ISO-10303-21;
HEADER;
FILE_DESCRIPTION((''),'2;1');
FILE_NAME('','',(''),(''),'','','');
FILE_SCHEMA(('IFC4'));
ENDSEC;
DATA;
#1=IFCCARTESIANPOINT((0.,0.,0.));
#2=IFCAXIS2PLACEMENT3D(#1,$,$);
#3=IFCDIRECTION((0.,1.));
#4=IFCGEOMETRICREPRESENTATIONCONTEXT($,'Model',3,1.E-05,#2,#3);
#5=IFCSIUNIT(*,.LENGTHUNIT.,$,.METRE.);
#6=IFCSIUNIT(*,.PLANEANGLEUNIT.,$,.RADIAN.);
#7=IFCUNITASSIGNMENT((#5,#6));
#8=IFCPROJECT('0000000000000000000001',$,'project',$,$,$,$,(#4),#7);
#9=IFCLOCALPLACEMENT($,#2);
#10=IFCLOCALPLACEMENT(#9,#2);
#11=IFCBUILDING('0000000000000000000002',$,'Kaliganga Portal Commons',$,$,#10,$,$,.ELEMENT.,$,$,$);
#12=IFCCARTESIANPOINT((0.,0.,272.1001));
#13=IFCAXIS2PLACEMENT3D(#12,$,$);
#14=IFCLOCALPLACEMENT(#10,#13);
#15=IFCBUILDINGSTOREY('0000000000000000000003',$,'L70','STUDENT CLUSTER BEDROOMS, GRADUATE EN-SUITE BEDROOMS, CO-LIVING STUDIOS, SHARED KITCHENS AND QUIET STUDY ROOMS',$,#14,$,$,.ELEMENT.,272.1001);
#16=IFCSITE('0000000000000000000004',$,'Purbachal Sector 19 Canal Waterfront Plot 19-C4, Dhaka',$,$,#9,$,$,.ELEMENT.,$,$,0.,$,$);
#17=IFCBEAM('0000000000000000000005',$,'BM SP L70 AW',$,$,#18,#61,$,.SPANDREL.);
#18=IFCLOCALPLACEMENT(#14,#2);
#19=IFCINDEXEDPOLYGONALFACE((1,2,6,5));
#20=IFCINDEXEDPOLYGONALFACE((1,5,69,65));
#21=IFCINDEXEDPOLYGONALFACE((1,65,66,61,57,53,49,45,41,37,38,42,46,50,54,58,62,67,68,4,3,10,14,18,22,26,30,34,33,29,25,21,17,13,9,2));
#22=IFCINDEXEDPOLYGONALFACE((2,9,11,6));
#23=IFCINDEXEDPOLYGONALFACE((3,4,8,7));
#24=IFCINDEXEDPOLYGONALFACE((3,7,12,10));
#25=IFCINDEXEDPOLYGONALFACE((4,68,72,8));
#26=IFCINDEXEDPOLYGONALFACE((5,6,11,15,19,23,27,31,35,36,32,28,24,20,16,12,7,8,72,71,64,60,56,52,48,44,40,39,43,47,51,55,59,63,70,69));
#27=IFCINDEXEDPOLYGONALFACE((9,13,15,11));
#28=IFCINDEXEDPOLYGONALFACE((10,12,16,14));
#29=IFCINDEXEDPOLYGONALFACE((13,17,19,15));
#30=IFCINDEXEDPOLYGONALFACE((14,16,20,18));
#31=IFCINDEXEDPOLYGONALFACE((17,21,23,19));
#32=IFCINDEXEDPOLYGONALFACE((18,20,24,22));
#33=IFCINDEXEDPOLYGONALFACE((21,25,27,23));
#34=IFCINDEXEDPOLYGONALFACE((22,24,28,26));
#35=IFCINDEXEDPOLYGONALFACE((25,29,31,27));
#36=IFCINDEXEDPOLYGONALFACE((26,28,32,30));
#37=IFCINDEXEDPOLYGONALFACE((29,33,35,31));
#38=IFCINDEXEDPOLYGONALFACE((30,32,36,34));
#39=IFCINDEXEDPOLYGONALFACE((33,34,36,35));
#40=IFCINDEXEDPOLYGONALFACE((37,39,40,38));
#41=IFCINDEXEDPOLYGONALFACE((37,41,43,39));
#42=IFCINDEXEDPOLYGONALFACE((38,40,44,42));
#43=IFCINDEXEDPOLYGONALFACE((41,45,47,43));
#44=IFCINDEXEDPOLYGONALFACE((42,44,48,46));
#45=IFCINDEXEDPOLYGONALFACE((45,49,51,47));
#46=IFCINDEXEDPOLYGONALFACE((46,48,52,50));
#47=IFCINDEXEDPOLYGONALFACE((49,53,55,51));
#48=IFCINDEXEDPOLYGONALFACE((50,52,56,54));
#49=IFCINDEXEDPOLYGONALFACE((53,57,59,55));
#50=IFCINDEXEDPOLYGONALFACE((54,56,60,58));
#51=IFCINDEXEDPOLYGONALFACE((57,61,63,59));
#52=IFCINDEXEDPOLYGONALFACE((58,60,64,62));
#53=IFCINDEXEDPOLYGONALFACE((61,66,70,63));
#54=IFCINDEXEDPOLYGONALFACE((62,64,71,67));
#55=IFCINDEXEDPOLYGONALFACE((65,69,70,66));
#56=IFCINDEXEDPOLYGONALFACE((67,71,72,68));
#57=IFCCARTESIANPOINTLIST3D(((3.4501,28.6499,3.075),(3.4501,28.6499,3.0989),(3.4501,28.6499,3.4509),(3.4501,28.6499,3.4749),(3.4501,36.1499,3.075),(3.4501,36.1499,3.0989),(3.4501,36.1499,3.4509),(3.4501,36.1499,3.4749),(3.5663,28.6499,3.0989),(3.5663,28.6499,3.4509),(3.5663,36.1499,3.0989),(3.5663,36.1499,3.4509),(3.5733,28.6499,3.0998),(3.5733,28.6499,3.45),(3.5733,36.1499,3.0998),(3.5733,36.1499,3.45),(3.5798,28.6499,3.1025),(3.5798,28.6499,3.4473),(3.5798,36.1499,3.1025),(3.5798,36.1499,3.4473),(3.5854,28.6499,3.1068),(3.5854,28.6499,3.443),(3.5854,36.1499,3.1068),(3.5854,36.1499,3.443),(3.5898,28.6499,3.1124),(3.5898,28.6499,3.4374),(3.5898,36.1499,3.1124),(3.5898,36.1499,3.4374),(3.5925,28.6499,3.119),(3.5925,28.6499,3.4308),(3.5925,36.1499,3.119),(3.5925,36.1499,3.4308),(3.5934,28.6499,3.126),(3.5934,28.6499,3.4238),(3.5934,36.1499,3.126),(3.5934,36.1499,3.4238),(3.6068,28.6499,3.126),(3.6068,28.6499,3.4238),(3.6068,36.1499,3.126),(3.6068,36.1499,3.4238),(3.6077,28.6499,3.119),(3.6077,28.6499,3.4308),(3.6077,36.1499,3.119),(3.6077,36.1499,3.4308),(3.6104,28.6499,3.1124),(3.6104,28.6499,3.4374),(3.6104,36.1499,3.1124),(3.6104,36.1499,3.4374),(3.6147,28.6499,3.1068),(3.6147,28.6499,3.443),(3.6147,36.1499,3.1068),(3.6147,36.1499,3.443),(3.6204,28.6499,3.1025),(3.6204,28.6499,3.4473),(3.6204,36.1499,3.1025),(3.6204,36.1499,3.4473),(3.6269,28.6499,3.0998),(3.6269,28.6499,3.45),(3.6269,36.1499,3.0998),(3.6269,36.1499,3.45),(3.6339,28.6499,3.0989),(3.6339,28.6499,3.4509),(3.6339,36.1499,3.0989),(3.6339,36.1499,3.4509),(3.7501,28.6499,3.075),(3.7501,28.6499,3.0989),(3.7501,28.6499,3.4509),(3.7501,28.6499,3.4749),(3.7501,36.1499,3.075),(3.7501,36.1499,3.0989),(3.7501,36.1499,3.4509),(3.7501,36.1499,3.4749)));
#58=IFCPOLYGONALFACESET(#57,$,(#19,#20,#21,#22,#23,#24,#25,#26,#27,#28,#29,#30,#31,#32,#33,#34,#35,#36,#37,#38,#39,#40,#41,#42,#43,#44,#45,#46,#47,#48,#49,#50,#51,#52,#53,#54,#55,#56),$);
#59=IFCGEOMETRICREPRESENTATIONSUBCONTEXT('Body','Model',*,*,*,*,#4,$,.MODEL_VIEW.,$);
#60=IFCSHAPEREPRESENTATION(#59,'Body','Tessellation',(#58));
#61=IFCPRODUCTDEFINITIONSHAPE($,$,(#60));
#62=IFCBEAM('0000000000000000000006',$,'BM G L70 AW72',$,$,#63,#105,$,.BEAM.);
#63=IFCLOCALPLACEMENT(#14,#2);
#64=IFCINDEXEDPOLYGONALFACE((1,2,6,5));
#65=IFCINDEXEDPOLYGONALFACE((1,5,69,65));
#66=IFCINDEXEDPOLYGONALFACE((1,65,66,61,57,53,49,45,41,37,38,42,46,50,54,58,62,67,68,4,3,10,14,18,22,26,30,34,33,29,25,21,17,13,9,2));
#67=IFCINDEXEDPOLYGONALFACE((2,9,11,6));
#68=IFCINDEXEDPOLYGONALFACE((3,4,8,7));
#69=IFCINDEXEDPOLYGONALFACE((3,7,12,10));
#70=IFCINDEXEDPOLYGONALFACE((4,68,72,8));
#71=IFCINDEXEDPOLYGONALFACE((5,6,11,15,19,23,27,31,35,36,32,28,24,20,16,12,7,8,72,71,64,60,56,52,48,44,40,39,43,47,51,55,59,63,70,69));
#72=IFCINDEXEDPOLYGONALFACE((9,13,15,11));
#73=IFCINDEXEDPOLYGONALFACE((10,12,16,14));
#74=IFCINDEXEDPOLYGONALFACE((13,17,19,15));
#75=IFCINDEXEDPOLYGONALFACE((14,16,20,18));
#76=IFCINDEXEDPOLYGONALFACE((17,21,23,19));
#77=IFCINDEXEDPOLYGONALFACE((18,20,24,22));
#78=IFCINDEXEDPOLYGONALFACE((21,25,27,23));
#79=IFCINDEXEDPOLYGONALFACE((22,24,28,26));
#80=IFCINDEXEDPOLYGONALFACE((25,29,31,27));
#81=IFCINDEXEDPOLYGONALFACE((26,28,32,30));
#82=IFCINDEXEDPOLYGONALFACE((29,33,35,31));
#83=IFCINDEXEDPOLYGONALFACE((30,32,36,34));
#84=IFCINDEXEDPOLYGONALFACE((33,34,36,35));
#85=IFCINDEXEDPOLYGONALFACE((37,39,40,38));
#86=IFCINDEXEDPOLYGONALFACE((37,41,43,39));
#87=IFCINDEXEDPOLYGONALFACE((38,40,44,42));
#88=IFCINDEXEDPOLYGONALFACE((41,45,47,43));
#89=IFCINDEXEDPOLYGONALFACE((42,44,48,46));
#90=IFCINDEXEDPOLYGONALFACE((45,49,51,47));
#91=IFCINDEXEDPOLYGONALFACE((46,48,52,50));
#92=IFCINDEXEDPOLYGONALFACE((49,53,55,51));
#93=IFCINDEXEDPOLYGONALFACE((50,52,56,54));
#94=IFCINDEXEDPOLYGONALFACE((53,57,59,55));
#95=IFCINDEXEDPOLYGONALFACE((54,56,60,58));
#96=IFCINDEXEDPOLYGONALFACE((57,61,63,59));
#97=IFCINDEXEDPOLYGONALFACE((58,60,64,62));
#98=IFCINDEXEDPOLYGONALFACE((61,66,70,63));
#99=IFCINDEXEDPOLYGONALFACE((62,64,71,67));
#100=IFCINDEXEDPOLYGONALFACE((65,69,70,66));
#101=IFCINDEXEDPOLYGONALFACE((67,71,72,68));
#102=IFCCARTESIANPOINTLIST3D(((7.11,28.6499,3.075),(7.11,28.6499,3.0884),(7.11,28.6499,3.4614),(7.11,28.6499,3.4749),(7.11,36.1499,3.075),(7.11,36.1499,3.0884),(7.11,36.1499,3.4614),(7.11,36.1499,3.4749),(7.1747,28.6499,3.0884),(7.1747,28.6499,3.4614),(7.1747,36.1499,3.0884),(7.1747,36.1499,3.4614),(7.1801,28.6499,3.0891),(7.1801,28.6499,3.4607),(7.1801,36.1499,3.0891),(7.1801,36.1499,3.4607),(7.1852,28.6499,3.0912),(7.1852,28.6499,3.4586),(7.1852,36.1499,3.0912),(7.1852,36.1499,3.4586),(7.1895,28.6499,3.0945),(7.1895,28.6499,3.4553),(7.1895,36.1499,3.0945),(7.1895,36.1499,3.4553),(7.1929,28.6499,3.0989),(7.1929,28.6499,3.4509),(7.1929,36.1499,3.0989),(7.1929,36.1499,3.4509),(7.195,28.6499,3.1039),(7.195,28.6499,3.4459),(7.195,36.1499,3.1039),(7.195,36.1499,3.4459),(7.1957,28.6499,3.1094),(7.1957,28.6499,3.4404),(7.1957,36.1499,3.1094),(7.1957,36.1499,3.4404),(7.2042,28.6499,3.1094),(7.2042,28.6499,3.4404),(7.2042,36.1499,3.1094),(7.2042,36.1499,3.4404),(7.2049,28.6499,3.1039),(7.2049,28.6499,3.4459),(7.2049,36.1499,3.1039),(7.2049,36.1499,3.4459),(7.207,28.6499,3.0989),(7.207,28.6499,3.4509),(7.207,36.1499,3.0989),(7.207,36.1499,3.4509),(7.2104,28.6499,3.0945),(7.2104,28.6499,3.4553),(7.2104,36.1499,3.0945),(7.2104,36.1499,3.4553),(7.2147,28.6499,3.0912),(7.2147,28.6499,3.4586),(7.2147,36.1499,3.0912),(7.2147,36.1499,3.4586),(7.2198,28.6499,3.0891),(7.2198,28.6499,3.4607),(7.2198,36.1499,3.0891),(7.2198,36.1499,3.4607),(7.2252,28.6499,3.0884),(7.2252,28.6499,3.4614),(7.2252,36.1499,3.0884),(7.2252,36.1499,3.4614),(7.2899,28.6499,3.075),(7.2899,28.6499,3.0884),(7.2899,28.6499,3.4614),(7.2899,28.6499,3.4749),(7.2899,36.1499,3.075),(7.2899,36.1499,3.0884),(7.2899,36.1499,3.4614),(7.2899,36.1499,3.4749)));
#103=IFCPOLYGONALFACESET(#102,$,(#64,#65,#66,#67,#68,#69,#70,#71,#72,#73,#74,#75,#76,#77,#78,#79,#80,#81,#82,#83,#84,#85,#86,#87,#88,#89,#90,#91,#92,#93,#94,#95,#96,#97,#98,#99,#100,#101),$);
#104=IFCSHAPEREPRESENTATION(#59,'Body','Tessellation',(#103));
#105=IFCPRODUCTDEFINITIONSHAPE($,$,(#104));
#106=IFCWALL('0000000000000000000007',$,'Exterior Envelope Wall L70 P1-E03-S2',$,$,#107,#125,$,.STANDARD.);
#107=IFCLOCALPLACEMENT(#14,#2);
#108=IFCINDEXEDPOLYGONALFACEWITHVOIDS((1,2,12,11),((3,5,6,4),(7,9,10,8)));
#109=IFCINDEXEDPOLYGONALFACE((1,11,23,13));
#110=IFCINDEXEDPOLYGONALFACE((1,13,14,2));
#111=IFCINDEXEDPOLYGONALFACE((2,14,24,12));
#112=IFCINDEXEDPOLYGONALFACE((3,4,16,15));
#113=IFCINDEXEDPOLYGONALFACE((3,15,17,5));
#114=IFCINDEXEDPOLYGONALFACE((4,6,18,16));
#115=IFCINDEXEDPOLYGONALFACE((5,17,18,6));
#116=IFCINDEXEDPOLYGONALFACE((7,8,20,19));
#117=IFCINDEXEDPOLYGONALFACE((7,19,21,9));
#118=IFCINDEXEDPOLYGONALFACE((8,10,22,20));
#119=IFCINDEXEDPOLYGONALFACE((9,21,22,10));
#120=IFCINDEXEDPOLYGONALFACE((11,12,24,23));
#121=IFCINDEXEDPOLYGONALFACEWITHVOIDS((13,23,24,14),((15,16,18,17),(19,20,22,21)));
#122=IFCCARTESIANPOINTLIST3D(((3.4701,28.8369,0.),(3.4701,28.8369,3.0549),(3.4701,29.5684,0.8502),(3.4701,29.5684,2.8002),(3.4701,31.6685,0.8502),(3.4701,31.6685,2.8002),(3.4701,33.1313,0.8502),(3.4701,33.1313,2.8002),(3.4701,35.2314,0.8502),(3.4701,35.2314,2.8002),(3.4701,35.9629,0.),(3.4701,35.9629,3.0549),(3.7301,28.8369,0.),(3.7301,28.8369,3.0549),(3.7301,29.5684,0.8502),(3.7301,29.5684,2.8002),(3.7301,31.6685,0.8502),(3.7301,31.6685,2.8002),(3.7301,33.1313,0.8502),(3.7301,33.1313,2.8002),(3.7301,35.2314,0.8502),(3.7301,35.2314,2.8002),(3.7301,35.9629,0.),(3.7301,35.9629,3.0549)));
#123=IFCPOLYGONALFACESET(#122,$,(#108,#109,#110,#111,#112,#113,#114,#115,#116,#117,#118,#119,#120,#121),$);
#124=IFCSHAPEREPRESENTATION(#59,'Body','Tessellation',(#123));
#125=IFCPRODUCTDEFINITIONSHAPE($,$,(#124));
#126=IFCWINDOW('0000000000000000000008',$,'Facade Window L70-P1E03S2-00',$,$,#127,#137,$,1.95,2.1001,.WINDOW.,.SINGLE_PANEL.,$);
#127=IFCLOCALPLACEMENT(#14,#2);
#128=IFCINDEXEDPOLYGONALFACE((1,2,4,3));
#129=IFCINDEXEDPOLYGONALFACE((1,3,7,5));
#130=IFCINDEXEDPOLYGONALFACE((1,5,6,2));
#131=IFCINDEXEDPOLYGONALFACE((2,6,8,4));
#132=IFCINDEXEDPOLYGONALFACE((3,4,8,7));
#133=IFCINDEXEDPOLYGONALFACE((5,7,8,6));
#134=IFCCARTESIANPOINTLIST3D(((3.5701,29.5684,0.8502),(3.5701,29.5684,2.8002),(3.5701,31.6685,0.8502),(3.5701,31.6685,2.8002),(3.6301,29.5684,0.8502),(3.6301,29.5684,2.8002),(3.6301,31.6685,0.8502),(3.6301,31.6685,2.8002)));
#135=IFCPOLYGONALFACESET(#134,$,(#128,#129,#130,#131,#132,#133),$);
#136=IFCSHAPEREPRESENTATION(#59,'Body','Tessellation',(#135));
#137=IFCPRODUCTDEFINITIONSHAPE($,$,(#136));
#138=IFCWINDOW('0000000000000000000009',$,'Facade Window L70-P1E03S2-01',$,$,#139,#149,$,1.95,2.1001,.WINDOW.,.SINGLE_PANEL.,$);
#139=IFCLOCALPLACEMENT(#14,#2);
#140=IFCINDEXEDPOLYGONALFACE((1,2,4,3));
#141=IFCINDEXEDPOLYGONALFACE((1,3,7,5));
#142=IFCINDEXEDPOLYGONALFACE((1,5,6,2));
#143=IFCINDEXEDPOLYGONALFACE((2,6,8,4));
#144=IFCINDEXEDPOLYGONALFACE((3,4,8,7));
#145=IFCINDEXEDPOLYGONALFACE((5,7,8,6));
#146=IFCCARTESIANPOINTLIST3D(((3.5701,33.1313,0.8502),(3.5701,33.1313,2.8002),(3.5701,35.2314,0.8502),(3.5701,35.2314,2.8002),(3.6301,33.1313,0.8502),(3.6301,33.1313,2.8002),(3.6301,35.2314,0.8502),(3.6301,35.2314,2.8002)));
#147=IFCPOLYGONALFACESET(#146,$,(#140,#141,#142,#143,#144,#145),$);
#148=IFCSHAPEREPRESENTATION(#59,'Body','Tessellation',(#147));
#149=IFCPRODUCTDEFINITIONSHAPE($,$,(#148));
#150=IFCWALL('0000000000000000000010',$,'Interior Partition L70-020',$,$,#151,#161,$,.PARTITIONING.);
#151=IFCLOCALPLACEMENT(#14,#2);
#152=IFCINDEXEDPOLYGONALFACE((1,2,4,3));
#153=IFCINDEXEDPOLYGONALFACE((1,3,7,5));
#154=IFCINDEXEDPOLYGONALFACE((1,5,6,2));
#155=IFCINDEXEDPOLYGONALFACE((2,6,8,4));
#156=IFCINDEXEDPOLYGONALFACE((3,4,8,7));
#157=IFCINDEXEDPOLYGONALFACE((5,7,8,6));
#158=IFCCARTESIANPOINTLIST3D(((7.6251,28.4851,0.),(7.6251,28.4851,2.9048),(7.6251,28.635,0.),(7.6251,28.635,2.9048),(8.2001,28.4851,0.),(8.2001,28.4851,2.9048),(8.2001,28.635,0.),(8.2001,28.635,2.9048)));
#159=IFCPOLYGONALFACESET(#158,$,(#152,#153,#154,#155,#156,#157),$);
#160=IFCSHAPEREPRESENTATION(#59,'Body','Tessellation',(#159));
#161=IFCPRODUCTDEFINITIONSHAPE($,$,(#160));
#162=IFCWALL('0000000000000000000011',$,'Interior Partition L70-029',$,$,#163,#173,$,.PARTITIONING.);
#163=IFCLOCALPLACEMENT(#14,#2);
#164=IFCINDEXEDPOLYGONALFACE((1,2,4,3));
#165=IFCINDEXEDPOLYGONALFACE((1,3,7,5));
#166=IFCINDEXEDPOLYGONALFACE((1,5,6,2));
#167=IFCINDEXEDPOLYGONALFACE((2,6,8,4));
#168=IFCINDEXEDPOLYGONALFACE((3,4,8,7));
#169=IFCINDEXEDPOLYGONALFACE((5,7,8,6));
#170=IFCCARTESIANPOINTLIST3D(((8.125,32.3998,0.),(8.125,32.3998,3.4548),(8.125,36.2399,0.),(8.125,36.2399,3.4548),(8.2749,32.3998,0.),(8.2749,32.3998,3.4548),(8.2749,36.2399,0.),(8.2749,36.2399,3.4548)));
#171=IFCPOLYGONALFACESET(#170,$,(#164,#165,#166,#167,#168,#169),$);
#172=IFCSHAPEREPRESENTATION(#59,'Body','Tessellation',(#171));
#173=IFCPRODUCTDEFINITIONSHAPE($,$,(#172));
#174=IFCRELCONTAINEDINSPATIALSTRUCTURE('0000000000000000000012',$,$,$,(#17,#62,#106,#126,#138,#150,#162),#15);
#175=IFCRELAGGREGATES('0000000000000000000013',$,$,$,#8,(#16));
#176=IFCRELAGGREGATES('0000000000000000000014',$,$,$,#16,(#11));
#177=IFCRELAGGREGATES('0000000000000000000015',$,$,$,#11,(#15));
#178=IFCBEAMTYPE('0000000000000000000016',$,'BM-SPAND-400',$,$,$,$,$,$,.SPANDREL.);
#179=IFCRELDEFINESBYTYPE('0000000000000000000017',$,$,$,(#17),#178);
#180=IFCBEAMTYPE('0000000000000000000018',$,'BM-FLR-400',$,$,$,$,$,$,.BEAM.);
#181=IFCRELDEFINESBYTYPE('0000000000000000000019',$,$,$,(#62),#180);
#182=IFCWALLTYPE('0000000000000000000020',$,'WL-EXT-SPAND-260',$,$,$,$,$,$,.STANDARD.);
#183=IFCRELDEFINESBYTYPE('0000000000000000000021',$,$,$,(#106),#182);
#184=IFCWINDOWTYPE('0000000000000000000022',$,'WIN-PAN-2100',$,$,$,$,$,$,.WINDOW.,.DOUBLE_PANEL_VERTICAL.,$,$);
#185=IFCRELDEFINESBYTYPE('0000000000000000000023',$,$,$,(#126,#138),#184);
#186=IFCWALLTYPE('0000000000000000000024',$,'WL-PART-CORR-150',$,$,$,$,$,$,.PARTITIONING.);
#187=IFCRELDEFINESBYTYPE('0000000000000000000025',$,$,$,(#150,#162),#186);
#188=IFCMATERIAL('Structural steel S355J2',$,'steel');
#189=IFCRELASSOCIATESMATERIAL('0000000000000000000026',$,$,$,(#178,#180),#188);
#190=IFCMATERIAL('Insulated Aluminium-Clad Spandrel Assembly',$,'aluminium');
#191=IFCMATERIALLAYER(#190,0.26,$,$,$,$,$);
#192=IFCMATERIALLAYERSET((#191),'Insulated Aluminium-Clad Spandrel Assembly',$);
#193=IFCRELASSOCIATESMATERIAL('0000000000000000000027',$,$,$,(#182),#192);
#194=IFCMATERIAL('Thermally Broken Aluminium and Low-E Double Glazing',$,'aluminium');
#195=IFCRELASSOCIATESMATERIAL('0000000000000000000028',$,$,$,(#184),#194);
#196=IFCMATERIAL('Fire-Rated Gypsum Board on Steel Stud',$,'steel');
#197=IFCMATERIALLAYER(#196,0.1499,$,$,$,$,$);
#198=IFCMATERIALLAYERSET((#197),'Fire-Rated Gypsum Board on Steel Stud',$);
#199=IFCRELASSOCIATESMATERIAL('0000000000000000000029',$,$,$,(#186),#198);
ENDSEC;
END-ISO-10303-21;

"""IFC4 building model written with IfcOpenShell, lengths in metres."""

from ifc_helpers import new_model, si_unit, direction, frame, frame_2d, origin, origin_2d, place, context, subcontext, project, spatial, rectangle, i_section, extrude, source, transform, mapped, material, layer, layer_set, material_profile, profile_set, type_object, element, fill, save


model = new_model("IFC4")

# Units and contexts
model_context = context("Model", 3, precision=1e-05, world=origin(), true_north=direction((0.0, 1.0)))
body_context = subcontext(model_context, "Body", "Model", "MODEL_VIEW")
ifc_project = project(units=[si_unit("LENGTHUNIT", "METRE"), si_unit("PLANEANGLEUNIT", "RADIAN")], contexts=[model_context])

# Site, building, storey
site_placement = place(None, origin())
site = spatial("IfcSite", under=ifc_project, at=site_placement, Name="Purbachal Sector 19 Canal Waterfront Plot 19-C4, Dhaka", CompositionType="ELEMENT", RefElevation=0.0)
building_placement = place(site_placement, origin())
building = spatial("IfcBuilding", under=site, at=building_placement, Name="Kaliganga Portal Commons", CompositionType="ELEMENT")
storey_placement = place(building_placement, frame((0.0, 0.0, 272.1001)))
storey = spatial("IfcBuildingStorey", under=building, at=storey_placement, Name="L70", Description="STUDENT CLUSTER BEDROOMS, GRADUATE EN-SUITE BEDROOMS, CO-LIVING STUDIOS, SHARED KITCHENS AND QUIET STUDY ROOMS", CompositionType="ELEMENT", Elevation=272.1001)

# Shared definitions
ifc_material_1 = material(Name="Structural steel S355J2", Category="steel")

# Beams
ifc_material_profile_1 = material_profile(ifc_material_1, i_section(OverallWidth=0.3, OverallDepth=0.3999, WebThickness=0.0134, FlangeThickness=0.0239, FilletRadius=0.0271, at=origin_2d()), Name="HE 400 B")
ifc_profile_set_1 = profile_set([ifc_material_profile_1], Name="Structural steel S355J2 wide-flange")
beam_type_1 = type_object("IfcBeamType", Name="BM-SPAND-400", PredefinedType="SPANDREL", material=ifc_profile_set_1)
shared_shape_1 = source(origin(), body_context, "Body", "SweptSolid", [
    extrude(i_section(OverallWidth=0.3, OverallDepth=0.3999, WebThickness=0.0134, FlangeThickness=0.0239, FilletRadius=0.0271, at=origin_2d()), origin(), (0.0, 0.0, 1.0), 7.5),
])
beam_1_placement = place(storey_placement, frame((3.6001, 28.6499, 3.2749), z_axis=(0.0, 1.0, 0.0), x_axis=(-1.0, 0.0, 0.0)))
element("IfcBeam", 1, at=beam_1_placement, inside=storey, type_object=beam_type_1, Name="BM SP L70 AW", PredefinedType="SPANDREL", context=body_context, shape_type="MappedRepresentation", body=[
    mapped(shared_shape_1, transform((0.0, 0.0, 0.0), x_axis=(1.0, 0.0, 0.0), y_axis=(0.0, 1.0, 0.0), z_axis=(0.0, 0.0, 1.0), scale=1.0)),
])
ifc_material_profile_2 = material_profile(ifc_material_1, i_section(OverallWidth=0.1799, OverallDepth=0.3999, WebThickness=0.0085, FlangeThickness=0.0134, FilletRadius=0.021, at=origin_2d()), Name="IPE 400")
ifc_profile_set_2 = profile_set([ifc_material_profile_2], Name="Structural steel S355J2 wide-flange")
beam_type_2 = type_object("IfcBeamType", Name="BM-FLR-400", PredefinedType="BEAM", material=ifc_profile_set_2)
shared_shape_2 = source(origin(), body_context, "Body", "SweptSolid", [
    extrude(i_section(OverallWidth=0.1799, OverallDepth=0.3999, WebThickness=0.0085, FlangeThickness=0.0134, FilletRadius=0.021, at=origin_2d()), origin(), (0.0, 0.0, 1.0), 7.5),
])
beam_2_placement = place(storey_placement, frame((7.2, 28.6499, 3.2749), z_axis=(0.0, 1.0, 0.0), x_axis=(-1.0, 0.0, 0.0)))
element("IfcBeam", 2, at=beam_2_placement, inside=storey, type_object=beam_type_2, Name="BM G L70 AW72", PredefinedType="BEAM", context=body_context, shape_type="MappedRepresentation", body=[
    mapped(shared_shape_2, transform((0.0, 0.0, 0.0), x_axis=(1.0, 0.0, 0.0), y_axis=(0.0, 1.0, 0.0), z_axis=(0.0, 0.0, 1.0), scale=1.0)),
])

# Wall, openings, windows
ifc_material_2 = material(Name="Insulated Aluminium-Clad Spandrel Assembly", Category="aluminium")
ifc_layer_1 = layer(ifc_material_2, 0.26)
ifc_layer_set_1 = layer_set([ifc_layer_1], Name="Insulated Aluminium-Clad Spandrel Assembly")
wall_type_1 = type_object("IfcWallType", Name="WL-EXT-SPAND-260", PredefinedType="STANDARD", material=ifc_layer_set_1)
wall_1_placement = place(storey_placement, frame((3.6001, 28.8369, 0.0), z_axis=(0.0, 0.0, 1.0), x_axis=(0.0, 1.0, 0.0)))
wall_1 = element("IfcWall", 3, at=wall_1_placement, inside=storey, type_object=wall_type_1, Name="Exterior Envelope Wall L70 P1-E03-S2", PredefinedType="STANDARD", context=body_context, shape_type="SweptSolid", body=[
    extrude(rectangle(XDim=7.126, YDim=0.26, at=frame_2d((3.563, 0.0))), origin(), (0.0, 0.0, 1.0), 3.0549),
])
opening_1_placement = place(wall_1_placement, frame((0.7314, 0.0, 0.8501)))
opening_1 = element("IfcOpeningElement", 4, at=opening_1_placement, cuts=wall_1, PredefinedType="OPENING", context=body_context, shape_type="SweptSolid", body=[
    extrude(rectangle(XDim=2.1001, YDim=1.95, at=frame_2d((1.05, 0.9751))), frame((0.0, 0.1401, 0.0), z_axis=(0.0, -1.0, 0.0), x_axis=(1.0, 0.0, 0.0)), (0.0, 0.0, 1.0), 0.28),
])
opening_2_placement = place(wall_1_placement, frame((4.2944, 0.0, 0.8501)))
opening_2 = element("IfcOpeningElement", 5, at=opening_2_placement, cuts=wall_1, PredefinedType="OPENING", context=body_context, shape_type="SweptSolid", body=[
    extrude(rectangle(XDim=2.1001, YDim=1.95, at=frame_2d((1.05, 0.9751))), frame((0.0, 0.1401, 0.0), z_axis=(0.0, -1.0, 0.0), x_axis=(1.0, 0.0, 0.0)), (0.0, 0.0, 1.0), 0.28),
])
ifc_material_3 = material(Name="Thermally Broken Aluminium and Low-E Double Glazing", Category="aluminium")
window_type = type_object("IfcWindowType", Name="WIN-PAN-2100", PartitioningType="DOUBLE_PANEL_VERTICAL", PredefinedType="WINDOW", material=ifc_material_3)
window_1_placement = place(opening_1_placement, origin())
window_1 = element("IfcWindow", 6, at=window_1_placement, inside=storey, type_object=window_type, Name="Facade Window L70-P1E03S2-00", OverallHeight=1.95, OverallWidth=2.1001, PartitioningType="SINGLE_PANEL", PredefinedType="WINDOW", context=body_context, shape_type="SweptSolid", body=[
    extrude(rectangle(XDim=2.1001, YDim=1.95, at=frame_2d((1.05, 0.9751))), frame((0.0, 0.03, 0.0), z_axis=(0.0, -1.0, 0.0), x_axis=(1.0, 0.0, 0.0)), (0.0, 0.0, 1.0), 0.0601),
])
fill(opening_1, window_1)
window_2_placement = place(opening_2_placement, origin())
window_2 = element("IfcWindow", 7, at=window_2_placement, inside=storey, type_object=window_type, Name="Facade Window L70-P1E03S2-01", OverallHeight=1.95, OverallWidth=2.1001, PartitioningType="SINGLE_PANEL", PredefinedType="WINDOW", context=body_context, shape_type="SweptSolid", body=[
    extrude(rectangle(XDim=2.1001, YDim=1.95, at=frame_2d((1.05, 0.9751))), frame((0.0, 0.03, 0.0), z_axis=(0.0, -1.0, 0.0), x_axis=(1.0, 0.0, 0.0)), (0.0, 0.0, 1.0), 0.0601),
])
fill(opening_2, window_2)

# Walls
ifc_material_4 = material(Name="Fire-Rated Gypsum Board on Steel Stud", Category="steel")
ifc_layer_2 = layer(ifc_material_4, 0.1499)
ifc_layer_set_2 = layer_set([ifc_layer_2], Name="Fire-Rated Gypsum Board on Steel Stud")
wall_type_2 = type_object("IfcWallType", Name="WL-PART-CORR-150", PredefinedType="PARTITIONING", material=ifc_layer_set_2)
wall_2_placement = place(storey_placement, frame((7.625, 28.5601, 0.0), z_axis=(0.0, 0.0, 1.0), x_axis=(1.0, 0.0, 0.0)))
element("IfcWall", 8, at=wall_2_placement, inside=storey, type_object=wall_type_2, Name="Interior Partition L70-020", PredefinedType="PARTITIONING", context=body_context, shape_type="SweptSolid", body=[
    extrude(rectangle(XDim=0.575, YDim=0.1499, at=frame_2d((0.2876, 0.0))), origin(), (0.0, 0.0, 1.0), 2.9048),
])
wall_3_placement = place(storey_placement, frame((8.2, 32.3999, 0.0), z_axis=(0.0, 0.0, 1.0), x_axis=(0.0, 1.0, 0.0)))
element("IfcWall", 9, at=wall_3_placement, inside=storey, type_object=wall_type_2, Name="Interior Partition L70-029", PredefinedType="PARTITIONING", context=body_context, shape_type="SweptSolid", body=[
    extrude(rectangle(XDim=3.8401, YDim=0.1499, at=frame_2d((1.9199, 0.0))), origin(), (0.0, 0.0, 1.0), 3.4548),
])

save(model, "model.ifc")
